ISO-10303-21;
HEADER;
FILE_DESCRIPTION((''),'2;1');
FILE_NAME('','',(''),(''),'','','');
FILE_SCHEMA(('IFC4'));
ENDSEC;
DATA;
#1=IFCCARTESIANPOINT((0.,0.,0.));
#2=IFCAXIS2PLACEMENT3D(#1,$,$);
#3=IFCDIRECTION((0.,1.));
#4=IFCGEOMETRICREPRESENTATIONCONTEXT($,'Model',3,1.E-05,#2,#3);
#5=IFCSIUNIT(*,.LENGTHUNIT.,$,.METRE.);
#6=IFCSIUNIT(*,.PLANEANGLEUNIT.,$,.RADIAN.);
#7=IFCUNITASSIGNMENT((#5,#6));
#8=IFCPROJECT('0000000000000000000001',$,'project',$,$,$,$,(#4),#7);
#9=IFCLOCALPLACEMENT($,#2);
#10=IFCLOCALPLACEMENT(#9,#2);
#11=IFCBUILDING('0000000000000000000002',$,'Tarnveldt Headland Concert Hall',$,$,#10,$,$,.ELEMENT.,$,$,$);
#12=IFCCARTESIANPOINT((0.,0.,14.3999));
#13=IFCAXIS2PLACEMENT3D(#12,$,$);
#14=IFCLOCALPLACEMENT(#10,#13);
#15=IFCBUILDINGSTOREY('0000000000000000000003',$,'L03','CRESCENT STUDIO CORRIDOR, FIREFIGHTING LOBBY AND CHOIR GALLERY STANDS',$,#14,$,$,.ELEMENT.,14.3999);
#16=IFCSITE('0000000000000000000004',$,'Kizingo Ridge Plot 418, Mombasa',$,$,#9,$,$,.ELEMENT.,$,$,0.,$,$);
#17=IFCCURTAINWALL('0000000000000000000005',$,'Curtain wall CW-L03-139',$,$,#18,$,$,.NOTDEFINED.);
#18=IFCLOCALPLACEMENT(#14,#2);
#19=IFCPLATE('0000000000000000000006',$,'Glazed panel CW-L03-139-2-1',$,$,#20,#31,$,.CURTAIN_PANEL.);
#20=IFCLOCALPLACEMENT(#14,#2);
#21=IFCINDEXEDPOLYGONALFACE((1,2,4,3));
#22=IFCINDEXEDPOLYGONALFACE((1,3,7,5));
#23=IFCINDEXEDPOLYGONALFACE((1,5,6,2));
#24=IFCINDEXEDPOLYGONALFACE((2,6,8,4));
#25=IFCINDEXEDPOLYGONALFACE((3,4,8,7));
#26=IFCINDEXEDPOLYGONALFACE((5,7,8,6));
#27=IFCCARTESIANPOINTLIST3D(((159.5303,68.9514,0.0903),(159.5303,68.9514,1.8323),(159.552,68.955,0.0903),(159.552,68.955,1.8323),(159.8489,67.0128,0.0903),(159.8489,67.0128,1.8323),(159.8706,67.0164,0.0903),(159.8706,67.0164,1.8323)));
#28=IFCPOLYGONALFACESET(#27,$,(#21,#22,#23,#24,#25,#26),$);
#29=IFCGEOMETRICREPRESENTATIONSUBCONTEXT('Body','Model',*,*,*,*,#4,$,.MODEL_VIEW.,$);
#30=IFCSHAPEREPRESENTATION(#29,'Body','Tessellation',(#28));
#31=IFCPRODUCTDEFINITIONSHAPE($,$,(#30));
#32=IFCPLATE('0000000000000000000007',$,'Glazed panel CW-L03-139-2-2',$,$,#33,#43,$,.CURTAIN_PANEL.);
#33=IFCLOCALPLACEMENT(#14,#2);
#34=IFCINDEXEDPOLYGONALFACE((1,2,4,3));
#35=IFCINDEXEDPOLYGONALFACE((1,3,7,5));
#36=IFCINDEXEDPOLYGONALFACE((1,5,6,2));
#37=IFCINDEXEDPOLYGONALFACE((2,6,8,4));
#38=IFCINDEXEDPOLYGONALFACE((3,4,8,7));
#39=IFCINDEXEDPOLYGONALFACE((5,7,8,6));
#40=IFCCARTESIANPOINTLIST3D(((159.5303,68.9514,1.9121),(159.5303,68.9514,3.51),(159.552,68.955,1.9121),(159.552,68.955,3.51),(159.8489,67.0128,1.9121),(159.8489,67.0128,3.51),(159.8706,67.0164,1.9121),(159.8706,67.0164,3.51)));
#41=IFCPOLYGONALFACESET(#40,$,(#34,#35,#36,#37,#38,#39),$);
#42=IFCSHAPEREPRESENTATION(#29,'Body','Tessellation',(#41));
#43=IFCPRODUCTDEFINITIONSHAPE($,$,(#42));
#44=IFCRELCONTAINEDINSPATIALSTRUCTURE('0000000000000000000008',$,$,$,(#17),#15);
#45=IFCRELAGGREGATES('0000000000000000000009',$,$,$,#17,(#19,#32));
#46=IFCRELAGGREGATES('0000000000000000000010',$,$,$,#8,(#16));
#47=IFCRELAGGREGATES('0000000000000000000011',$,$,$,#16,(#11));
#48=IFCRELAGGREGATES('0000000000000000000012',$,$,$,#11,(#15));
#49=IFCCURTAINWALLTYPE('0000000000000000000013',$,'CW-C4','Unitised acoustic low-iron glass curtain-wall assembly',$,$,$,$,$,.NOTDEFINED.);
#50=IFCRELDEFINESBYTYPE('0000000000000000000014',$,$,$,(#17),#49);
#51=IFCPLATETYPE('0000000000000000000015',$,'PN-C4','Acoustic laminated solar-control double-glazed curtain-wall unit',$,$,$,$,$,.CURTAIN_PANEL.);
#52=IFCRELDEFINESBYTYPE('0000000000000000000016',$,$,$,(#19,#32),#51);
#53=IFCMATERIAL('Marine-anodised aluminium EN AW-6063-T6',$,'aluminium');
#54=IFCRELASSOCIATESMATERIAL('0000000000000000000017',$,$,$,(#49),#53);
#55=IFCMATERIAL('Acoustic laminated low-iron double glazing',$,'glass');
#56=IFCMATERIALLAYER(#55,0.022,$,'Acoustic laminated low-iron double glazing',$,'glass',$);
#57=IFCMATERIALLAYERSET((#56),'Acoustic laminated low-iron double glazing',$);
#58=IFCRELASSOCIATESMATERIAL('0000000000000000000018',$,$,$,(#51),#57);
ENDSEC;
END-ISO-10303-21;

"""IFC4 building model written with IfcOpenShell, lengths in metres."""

from ifc_helpers import new_model, si_unit, direction, frame, origin, origin_2d, place, context, subcontext, project, spatial, rectangle, extrude, material, layer, layer_set, type_object, element, aggregate, save


model = new_model("IFC4")

# Units and contexts
model_context = context("Model", 3, precision=1e-05, world=origin(), true_north=direction((0.0, 1.0)))
body_context = subcontext(model_context, "Body", "Model", "MODEL_VIEW")
ifc_project = project(units=[si_unit("LENGTHUNIT", "METRE"), si_unit("PLANEANGLEUNIT", "RADIAN")], contexts=[model_context])

# Site, building, storey
site_placement = place(None, origin())
site = spatial("IfcSite", under=ifc_project, at=site_placement, Name="Kizingo Ridge Plot 418, Mombasa", CompositionType="ELEMENT", RefElevation=0.0)
building_placement = place(site_placement, origin())
building = spatial("IfcBuilding", under=site, at=building_placement, Name="Tarnveldt Headland Concert Hall", CompositionType="ELEMENT")
storey_placement = place(building_placement, frame((0.0, 0.0, 14.3999)))
storey = spatial("IfcBuildingStorey", under=building, at=storey_placement, Name="L03", Description="CRESCENT STUDIO CORRIDOR, FIREFIGHTING LOBBY AND CHOIR GALLERY STANDS", CompositionType="ELEMENT", Elevation=14.3999)

# Shared definitions
ifc_material_1 = material(Name="Marine-anodised aluminium EN AW-6063-T6", Category="aluminium")
curtain_wall_type = type_object("IfcCurtainWallType", Name="CW-C4", Description="Unitised acoustic low-iron glass curtain-wall assembly", PredefinedType="NOTDEFINED", material=ifc_material_1)

# Curtain wall
curtain_wall_1_placement = place(storey_placement, origin())
curtain_wall_1 = element("IfcCurtainWall", 1, at=curtain_wall_1_placement, inside=storey, type_object=curtain_wall_type, Name="Curtain wall CW-L03-139", PredefinedType="NOTDEFINED")

# Plates
ifc_material_2 = material(Name="Acoustic laminated low-iron double glazing", Category="glass")
ifc_layer = layer(ifc_material_2, 0.022, Name="Acoustic laminated low-iron double glazing", Category="glass")
ifc_layer_set = layer_set([ifc_layer], Name="Acoustic laminated low-iron double glazing")
plate_type = type_object("IfcPlateType", Name="PN-C4", Description="Acoustic laminated solar-control double-glazed curtain-wall unit", PredefinedType="CURTAIN_PANEL", material=ifc_layer_set)
plate_1_placement = place(storey_placement, frame((159.7004, 67.9839, 0.0903), z_axis=(0.0, 0.0, 1.0), x_axis=(-0.162172, 0.986762, 0.0)))
plate_1 = element("IfcPlate", 2, at=plate_1_placement, type_object=plate_type, Name="Glazed panel CW-L03-139-2-1", PredefinedType="CURTAIN_PANEL", context=body_context, shape_type="SweptSolid", body=[
    extrude(rectangle(XDim=1.9646, YDim=0.022, at=origin_2d()), origin(), (0.0, 0.0, 1.0), 1.7419),
])
plate_2_placement = place(storey_placement, frame((159.7004, 67.9839, 1.9121), z_axis=(0.0, 0.0, 1.0), x_axis=(-0.162172, 0.986762, 0.0)))
plate_2 = element("IfcPlate", 3, at=plate_2_placement, type_object=plate_type, Name="Glazed panel CW-L03-139-2-2", PredefinedType="CURTAIN_PANEL", context=body_context, shape_type="SweptSolid", body=[
    extrude(rectangle(XDim=1.9646, YDim=0.022, at=origin_2d()), origin(), (0.0, 0.0, 1.0), 1.5979),
])
aggregate(curtain_wall_1, [plate_1, plate_2])

save(model, "model.ifc")
